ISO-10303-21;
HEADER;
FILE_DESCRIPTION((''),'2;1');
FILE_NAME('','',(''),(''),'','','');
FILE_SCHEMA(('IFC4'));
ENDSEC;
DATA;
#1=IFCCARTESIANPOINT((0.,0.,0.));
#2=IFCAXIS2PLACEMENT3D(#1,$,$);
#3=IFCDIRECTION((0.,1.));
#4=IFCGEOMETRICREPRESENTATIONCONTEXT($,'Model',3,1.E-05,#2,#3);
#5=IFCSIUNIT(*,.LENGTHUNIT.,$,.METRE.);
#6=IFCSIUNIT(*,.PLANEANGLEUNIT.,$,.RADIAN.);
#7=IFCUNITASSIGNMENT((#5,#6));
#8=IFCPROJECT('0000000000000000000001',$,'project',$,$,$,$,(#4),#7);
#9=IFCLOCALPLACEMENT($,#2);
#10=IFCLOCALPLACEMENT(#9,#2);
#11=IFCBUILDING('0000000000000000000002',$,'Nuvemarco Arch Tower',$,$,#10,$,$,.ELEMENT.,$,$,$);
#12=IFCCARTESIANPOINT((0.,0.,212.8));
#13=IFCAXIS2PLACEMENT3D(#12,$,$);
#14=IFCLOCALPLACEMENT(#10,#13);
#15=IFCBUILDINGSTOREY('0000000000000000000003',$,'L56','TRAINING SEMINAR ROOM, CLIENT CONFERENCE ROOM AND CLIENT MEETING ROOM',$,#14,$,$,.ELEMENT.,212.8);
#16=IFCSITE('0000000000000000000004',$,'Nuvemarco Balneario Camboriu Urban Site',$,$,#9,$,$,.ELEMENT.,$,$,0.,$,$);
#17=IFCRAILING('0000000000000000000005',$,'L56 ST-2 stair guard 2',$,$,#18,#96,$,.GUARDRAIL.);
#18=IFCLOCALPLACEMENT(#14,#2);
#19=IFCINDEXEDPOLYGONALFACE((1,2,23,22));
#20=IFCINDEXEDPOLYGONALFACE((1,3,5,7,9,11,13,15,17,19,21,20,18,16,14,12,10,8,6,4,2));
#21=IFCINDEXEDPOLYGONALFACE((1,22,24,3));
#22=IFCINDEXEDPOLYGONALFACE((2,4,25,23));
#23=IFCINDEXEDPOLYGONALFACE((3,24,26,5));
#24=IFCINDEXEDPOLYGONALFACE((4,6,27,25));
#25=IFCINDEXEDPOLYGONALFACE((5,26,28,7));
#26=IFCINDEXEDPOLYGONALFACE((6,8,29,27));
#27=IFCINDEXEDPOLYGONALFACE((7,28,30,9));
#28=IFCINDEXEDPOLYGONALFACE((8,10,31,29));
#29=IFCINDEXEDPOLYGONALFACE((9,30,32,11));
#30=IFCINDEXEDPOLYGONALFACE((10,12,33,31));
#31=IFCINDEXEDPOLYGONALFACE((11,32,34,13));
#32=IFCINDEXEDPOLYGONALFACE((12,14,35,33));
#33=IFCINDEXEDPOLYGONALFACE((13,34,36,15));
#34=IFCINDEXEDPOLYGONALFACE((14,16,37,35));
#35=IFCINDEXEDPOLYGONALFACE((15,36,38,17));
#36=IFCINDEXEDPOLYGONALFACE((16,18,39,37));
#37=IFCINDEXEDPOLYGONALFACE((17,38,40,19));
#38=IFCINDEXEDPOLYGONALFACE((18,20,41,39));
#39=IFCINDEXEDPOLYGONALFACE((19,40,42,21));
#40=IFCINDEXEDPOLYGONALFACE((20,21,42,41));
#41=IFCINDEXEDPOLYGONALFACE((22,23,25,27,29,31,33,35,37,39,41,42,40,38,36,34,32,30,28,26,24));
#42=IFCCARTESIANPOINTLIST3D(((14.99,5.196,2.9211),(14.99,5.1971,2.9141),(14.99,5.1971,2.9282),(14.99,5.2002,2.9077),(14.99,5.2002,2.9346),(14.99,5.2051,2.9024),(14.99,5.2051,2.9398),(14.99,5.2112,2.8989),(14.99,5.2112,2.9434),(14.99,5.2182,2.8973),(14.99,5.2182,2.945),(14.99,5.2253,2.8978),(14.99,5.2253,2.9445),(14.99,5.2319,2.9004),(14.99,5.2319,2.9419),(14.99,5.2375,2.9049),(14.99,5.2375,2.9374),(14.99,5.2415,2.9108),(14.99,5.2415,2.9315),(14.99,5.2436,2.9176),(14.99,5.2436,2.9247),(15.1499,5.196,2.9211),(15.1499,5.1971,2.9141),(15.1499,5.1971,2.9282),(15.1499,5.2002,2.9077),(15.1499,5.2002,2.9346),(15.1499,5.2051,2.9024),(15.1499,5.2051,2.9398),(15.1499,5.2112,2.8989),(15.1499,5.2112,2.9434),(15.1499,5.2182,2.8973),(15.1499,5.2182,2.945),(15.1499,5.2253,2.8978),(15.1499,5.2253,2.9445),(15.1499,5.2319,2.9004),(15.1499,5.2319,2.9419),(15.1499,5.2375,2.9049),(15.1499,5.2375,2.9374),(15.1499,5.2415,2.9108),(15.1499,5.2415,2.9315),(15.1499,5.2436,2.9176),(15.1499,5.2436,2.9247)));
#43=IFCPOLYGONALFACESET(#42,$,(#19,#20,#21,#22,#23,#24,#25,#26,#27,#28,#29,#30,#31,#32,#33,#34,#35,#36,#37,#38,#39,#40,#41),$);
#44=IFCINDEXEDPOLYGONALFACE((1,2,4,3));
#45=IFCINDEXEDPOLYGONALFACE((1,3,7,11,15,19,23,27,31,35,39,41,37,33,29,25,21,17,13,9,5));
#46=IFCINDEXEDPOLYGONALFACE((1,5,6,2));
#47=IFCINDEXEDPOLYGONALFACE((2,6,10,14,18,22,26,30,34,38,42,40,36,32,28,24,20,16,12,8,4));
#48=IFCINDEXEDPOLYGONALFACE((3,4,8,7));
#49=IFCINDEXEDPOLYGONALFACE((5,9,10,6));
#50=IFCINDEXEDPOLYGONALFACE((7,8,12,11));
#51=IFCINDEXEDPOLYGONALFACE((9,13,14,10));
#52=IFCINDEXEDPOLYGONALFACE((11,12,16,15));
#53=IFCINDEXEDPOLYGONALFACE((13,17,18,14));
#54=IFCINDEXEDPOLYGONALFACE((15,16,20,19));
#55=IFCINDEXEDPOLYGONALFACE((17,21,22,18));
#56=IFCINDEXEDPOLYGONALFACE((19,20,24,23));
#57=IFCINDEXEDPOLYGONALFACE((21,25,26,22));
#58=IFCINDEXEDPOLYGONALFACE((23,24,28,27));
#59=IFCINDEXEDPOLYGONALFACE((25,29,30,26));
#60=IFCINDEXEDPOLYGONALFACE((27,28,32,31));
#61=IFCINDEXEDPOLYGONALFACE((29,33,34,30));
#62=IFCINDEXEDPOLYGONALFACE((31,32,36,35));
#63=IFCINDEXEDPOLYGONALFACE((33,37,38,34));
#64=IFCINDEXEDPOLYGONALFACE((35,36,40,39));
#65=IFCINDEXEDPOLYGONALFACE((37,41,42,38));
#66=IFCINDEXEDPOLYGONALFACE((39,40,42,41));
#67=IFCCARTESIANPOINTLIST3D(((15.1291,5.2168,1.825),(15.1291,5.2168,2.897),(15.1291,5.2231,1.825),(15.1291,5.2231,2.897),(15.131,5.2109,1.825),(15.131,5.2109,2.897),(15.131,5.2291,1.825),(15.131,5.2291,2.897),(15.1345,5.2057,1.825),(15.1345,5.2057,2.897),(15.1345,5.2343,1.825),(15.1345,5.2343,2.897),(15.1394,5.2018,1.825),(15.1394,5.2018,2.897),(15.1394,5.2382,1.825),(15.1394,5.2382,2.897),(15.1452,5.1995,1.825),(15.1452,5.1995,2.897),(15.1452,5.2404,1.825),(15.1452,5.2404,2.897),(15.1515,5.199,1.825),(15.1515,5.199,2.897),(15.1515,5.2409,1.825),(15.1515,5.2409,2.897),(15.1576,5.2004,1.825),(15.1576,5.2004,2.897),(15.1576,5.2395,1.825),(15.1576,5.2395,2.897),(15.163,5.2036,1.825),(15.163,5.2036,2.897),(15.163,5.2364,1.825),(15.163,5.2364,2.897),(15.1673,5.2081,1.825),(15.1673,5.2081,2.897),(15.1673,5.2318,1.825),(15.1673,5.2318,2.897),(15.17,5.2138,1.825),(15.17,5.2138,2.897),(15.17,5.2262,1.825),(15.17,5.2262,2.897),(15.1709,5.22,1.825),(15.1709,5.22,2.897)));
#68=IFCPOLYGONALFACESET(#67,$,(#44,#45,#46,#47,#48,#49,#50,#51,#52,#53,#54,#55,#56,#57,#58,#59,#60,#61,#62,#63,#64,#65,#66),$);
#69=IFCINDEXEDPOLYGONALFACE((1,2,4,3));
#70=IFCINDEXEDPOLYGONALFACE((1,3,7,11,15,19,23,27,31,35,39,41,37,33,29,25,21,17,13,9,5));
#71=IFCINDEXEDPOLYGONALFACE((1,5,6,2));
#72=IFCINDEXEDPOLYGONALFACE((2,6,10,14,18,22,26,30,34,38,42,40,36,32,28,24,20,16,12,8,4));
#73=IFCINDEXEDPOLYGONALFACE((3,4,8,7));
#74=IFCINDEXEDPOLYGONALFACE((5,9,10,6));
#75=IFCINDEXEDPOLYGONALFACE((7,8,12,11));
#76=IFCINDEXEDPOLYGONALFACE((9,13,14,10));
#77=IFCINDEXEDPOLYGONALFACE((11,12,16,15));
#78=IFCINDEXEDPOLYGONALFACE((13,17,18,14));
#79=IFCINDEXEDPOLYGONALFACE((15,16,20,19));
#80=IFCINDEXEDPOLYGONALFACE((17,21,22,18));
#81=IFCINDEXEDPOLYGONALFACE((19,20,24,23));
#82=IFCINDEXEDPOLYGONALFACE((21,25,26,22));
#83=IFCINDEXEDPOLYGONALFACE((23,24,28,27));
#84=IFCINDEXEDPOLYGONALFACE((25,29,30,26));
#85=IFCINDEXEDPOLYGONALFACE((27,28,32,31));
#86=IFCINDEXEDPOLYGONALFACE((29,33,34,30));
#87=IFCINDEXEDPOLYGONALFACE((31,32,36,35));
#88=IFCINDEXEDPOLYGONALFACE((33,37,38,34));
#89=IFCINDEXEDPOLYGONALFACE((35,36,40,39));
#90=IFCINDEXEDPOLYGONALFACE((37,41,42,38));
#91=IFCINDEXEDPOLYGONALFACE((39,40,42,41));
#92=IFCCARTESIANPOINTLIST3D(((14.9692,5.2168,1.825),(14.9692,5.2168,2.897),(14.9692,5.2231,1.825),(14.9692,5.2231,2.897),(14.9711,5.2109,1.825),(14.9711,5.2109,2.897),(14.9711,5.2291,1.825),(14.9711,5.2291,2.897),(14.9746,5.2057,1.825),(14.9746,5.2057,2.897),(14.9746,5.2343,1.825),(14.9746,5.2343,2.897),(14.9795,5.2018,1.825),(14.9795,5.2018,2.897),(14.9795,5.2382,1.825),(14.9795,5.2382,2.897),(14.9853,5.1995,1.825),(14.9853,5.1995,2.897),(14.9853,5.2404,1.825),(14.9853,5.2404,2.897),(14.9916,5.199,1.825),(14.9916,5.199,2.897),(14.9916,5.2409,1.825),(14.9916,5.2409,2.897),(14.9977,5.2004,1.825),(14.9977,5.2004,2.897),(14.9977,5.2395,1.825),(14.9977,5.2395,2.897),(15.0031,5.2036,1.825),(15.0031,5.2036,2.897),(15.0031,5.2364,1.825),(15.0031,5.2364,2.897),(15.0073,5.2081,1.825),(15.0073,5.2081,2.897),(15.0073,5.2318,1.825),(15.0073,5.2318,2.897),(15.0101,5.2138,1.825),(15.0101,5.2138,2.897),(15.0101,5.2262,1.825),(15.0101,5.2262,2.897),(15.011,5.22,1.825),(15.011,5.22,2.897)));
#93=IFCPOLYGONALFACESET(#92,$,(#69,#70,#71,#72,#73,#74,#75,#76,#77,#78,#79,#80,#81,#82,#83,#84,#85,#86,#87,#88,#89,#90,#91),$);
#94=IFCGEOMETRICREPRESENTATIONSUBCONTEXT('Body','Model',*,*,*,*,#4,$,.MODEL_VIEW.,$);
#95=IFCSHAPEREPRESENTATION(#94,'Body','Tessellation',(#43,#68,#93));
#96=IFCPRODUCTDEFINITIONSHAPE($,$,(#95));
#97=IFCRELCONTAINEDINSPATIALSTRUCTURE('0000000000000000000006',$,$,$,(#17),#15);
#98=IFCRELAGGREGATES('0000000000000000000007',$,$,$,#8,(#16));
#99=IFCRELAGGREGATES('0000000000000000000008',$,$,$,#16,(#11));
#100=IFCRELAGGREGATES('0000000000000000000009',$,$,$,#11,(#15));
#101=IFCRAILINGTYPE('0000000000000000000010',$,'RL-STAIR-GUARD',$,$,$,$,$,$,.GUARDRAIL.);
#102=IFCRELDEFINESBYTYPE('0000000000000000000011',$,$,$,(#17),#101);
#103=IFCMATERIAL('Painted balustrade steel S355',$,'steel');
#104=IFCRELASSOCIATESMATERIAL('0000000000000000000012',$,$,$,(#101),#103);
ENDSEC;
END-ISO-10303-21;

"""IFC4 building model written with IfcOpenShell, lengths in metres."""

from ifc_helpers import new_model, si_unit, direction, frame, origin, origin_2d, place, context, subcontext, project, spatial, circle, extrude, material, type_object, element, save


model = new_model("IFC4")

# Units and contexts
model_context = context("Model", 3, precision=1e-05, world=origin(), true_north=direction((0.0, 1.0)))
body_context = subcontext(model_context, "Body", "Model", "MODEL_VIEW")
ifc_project = project(units=[si_unit("LENGTHUNIT", "METRE"), si_unit("PLANEANGLEUNIT", "RADIAN")], contexts=[model_context])

# Site, building, storey
site_placement = place(None, origin())
site = spatial("IfcSite", under=ifc_project, at=site_placement, Name="Nuvemarco Balneario Camboriu Urban Site", CompositionType="ELEMENT", RefElevation=0.0)
building_placement = place(site_placement, origin())
building = spatial("IfcBuilding", under=site, at=building_placement, Name="Nuvemarco Arch Tower", CompositionType="ELEMENT")
storey_placement = place(building_placement, frame((0.0, 0.0, 212.8)))
storey = spatial("IfcBuildingStorey", under=building, at=storey_placement, Name="L56", Description="TRAINING SEMINAR ROOM, CLIENT CONFERENCE ROOM AND CLIENT MEETING ROOM", CompositionType="ELEMENT", Elevation=212.8)

# Railing
ifc_material_1 = material(Name="Painted balustrade steel S355", Category="steel")
railing_type_1 = type_object("IfcRailingType", Name="RL-STAIR-GUARD", PredefinedType="GUARDRAIL", material=ifc_material_1)
railing_1_placement = place(storey_placement, frame((15.1499, 5.22, 1.825)))
element("IfcRailing", 1, at=railing_1_placement, inside=storey, type_object=railing_type_1, Name="L56 ST-2 stair guard 2", PredefinedType="GUARDRAIL", context=body_context, shape_type="SweptSolid", body=[
    extrude(circle(Radius=0.0239, at=origin_2d()), frame((0.0, 0.0, 1.0962), z_axis=(-1.0, 0.0, 0.0), x_axis=(0.0, -1.0, 0.0)), (0.0, 0.0, 1.0), 0.1599),
    extrude(circle(Radius=0.021, at=origin_2d()), origin(), (0.0, 0.0, 1.0), 1.072),
    extrude(circle(Radius=0.021, at=origin_2d()), frame((-0.1599, 0.0, 0.0)), (0.0, 0.0, 1.0), 1.072),
])

save(model, "model.ifc")
